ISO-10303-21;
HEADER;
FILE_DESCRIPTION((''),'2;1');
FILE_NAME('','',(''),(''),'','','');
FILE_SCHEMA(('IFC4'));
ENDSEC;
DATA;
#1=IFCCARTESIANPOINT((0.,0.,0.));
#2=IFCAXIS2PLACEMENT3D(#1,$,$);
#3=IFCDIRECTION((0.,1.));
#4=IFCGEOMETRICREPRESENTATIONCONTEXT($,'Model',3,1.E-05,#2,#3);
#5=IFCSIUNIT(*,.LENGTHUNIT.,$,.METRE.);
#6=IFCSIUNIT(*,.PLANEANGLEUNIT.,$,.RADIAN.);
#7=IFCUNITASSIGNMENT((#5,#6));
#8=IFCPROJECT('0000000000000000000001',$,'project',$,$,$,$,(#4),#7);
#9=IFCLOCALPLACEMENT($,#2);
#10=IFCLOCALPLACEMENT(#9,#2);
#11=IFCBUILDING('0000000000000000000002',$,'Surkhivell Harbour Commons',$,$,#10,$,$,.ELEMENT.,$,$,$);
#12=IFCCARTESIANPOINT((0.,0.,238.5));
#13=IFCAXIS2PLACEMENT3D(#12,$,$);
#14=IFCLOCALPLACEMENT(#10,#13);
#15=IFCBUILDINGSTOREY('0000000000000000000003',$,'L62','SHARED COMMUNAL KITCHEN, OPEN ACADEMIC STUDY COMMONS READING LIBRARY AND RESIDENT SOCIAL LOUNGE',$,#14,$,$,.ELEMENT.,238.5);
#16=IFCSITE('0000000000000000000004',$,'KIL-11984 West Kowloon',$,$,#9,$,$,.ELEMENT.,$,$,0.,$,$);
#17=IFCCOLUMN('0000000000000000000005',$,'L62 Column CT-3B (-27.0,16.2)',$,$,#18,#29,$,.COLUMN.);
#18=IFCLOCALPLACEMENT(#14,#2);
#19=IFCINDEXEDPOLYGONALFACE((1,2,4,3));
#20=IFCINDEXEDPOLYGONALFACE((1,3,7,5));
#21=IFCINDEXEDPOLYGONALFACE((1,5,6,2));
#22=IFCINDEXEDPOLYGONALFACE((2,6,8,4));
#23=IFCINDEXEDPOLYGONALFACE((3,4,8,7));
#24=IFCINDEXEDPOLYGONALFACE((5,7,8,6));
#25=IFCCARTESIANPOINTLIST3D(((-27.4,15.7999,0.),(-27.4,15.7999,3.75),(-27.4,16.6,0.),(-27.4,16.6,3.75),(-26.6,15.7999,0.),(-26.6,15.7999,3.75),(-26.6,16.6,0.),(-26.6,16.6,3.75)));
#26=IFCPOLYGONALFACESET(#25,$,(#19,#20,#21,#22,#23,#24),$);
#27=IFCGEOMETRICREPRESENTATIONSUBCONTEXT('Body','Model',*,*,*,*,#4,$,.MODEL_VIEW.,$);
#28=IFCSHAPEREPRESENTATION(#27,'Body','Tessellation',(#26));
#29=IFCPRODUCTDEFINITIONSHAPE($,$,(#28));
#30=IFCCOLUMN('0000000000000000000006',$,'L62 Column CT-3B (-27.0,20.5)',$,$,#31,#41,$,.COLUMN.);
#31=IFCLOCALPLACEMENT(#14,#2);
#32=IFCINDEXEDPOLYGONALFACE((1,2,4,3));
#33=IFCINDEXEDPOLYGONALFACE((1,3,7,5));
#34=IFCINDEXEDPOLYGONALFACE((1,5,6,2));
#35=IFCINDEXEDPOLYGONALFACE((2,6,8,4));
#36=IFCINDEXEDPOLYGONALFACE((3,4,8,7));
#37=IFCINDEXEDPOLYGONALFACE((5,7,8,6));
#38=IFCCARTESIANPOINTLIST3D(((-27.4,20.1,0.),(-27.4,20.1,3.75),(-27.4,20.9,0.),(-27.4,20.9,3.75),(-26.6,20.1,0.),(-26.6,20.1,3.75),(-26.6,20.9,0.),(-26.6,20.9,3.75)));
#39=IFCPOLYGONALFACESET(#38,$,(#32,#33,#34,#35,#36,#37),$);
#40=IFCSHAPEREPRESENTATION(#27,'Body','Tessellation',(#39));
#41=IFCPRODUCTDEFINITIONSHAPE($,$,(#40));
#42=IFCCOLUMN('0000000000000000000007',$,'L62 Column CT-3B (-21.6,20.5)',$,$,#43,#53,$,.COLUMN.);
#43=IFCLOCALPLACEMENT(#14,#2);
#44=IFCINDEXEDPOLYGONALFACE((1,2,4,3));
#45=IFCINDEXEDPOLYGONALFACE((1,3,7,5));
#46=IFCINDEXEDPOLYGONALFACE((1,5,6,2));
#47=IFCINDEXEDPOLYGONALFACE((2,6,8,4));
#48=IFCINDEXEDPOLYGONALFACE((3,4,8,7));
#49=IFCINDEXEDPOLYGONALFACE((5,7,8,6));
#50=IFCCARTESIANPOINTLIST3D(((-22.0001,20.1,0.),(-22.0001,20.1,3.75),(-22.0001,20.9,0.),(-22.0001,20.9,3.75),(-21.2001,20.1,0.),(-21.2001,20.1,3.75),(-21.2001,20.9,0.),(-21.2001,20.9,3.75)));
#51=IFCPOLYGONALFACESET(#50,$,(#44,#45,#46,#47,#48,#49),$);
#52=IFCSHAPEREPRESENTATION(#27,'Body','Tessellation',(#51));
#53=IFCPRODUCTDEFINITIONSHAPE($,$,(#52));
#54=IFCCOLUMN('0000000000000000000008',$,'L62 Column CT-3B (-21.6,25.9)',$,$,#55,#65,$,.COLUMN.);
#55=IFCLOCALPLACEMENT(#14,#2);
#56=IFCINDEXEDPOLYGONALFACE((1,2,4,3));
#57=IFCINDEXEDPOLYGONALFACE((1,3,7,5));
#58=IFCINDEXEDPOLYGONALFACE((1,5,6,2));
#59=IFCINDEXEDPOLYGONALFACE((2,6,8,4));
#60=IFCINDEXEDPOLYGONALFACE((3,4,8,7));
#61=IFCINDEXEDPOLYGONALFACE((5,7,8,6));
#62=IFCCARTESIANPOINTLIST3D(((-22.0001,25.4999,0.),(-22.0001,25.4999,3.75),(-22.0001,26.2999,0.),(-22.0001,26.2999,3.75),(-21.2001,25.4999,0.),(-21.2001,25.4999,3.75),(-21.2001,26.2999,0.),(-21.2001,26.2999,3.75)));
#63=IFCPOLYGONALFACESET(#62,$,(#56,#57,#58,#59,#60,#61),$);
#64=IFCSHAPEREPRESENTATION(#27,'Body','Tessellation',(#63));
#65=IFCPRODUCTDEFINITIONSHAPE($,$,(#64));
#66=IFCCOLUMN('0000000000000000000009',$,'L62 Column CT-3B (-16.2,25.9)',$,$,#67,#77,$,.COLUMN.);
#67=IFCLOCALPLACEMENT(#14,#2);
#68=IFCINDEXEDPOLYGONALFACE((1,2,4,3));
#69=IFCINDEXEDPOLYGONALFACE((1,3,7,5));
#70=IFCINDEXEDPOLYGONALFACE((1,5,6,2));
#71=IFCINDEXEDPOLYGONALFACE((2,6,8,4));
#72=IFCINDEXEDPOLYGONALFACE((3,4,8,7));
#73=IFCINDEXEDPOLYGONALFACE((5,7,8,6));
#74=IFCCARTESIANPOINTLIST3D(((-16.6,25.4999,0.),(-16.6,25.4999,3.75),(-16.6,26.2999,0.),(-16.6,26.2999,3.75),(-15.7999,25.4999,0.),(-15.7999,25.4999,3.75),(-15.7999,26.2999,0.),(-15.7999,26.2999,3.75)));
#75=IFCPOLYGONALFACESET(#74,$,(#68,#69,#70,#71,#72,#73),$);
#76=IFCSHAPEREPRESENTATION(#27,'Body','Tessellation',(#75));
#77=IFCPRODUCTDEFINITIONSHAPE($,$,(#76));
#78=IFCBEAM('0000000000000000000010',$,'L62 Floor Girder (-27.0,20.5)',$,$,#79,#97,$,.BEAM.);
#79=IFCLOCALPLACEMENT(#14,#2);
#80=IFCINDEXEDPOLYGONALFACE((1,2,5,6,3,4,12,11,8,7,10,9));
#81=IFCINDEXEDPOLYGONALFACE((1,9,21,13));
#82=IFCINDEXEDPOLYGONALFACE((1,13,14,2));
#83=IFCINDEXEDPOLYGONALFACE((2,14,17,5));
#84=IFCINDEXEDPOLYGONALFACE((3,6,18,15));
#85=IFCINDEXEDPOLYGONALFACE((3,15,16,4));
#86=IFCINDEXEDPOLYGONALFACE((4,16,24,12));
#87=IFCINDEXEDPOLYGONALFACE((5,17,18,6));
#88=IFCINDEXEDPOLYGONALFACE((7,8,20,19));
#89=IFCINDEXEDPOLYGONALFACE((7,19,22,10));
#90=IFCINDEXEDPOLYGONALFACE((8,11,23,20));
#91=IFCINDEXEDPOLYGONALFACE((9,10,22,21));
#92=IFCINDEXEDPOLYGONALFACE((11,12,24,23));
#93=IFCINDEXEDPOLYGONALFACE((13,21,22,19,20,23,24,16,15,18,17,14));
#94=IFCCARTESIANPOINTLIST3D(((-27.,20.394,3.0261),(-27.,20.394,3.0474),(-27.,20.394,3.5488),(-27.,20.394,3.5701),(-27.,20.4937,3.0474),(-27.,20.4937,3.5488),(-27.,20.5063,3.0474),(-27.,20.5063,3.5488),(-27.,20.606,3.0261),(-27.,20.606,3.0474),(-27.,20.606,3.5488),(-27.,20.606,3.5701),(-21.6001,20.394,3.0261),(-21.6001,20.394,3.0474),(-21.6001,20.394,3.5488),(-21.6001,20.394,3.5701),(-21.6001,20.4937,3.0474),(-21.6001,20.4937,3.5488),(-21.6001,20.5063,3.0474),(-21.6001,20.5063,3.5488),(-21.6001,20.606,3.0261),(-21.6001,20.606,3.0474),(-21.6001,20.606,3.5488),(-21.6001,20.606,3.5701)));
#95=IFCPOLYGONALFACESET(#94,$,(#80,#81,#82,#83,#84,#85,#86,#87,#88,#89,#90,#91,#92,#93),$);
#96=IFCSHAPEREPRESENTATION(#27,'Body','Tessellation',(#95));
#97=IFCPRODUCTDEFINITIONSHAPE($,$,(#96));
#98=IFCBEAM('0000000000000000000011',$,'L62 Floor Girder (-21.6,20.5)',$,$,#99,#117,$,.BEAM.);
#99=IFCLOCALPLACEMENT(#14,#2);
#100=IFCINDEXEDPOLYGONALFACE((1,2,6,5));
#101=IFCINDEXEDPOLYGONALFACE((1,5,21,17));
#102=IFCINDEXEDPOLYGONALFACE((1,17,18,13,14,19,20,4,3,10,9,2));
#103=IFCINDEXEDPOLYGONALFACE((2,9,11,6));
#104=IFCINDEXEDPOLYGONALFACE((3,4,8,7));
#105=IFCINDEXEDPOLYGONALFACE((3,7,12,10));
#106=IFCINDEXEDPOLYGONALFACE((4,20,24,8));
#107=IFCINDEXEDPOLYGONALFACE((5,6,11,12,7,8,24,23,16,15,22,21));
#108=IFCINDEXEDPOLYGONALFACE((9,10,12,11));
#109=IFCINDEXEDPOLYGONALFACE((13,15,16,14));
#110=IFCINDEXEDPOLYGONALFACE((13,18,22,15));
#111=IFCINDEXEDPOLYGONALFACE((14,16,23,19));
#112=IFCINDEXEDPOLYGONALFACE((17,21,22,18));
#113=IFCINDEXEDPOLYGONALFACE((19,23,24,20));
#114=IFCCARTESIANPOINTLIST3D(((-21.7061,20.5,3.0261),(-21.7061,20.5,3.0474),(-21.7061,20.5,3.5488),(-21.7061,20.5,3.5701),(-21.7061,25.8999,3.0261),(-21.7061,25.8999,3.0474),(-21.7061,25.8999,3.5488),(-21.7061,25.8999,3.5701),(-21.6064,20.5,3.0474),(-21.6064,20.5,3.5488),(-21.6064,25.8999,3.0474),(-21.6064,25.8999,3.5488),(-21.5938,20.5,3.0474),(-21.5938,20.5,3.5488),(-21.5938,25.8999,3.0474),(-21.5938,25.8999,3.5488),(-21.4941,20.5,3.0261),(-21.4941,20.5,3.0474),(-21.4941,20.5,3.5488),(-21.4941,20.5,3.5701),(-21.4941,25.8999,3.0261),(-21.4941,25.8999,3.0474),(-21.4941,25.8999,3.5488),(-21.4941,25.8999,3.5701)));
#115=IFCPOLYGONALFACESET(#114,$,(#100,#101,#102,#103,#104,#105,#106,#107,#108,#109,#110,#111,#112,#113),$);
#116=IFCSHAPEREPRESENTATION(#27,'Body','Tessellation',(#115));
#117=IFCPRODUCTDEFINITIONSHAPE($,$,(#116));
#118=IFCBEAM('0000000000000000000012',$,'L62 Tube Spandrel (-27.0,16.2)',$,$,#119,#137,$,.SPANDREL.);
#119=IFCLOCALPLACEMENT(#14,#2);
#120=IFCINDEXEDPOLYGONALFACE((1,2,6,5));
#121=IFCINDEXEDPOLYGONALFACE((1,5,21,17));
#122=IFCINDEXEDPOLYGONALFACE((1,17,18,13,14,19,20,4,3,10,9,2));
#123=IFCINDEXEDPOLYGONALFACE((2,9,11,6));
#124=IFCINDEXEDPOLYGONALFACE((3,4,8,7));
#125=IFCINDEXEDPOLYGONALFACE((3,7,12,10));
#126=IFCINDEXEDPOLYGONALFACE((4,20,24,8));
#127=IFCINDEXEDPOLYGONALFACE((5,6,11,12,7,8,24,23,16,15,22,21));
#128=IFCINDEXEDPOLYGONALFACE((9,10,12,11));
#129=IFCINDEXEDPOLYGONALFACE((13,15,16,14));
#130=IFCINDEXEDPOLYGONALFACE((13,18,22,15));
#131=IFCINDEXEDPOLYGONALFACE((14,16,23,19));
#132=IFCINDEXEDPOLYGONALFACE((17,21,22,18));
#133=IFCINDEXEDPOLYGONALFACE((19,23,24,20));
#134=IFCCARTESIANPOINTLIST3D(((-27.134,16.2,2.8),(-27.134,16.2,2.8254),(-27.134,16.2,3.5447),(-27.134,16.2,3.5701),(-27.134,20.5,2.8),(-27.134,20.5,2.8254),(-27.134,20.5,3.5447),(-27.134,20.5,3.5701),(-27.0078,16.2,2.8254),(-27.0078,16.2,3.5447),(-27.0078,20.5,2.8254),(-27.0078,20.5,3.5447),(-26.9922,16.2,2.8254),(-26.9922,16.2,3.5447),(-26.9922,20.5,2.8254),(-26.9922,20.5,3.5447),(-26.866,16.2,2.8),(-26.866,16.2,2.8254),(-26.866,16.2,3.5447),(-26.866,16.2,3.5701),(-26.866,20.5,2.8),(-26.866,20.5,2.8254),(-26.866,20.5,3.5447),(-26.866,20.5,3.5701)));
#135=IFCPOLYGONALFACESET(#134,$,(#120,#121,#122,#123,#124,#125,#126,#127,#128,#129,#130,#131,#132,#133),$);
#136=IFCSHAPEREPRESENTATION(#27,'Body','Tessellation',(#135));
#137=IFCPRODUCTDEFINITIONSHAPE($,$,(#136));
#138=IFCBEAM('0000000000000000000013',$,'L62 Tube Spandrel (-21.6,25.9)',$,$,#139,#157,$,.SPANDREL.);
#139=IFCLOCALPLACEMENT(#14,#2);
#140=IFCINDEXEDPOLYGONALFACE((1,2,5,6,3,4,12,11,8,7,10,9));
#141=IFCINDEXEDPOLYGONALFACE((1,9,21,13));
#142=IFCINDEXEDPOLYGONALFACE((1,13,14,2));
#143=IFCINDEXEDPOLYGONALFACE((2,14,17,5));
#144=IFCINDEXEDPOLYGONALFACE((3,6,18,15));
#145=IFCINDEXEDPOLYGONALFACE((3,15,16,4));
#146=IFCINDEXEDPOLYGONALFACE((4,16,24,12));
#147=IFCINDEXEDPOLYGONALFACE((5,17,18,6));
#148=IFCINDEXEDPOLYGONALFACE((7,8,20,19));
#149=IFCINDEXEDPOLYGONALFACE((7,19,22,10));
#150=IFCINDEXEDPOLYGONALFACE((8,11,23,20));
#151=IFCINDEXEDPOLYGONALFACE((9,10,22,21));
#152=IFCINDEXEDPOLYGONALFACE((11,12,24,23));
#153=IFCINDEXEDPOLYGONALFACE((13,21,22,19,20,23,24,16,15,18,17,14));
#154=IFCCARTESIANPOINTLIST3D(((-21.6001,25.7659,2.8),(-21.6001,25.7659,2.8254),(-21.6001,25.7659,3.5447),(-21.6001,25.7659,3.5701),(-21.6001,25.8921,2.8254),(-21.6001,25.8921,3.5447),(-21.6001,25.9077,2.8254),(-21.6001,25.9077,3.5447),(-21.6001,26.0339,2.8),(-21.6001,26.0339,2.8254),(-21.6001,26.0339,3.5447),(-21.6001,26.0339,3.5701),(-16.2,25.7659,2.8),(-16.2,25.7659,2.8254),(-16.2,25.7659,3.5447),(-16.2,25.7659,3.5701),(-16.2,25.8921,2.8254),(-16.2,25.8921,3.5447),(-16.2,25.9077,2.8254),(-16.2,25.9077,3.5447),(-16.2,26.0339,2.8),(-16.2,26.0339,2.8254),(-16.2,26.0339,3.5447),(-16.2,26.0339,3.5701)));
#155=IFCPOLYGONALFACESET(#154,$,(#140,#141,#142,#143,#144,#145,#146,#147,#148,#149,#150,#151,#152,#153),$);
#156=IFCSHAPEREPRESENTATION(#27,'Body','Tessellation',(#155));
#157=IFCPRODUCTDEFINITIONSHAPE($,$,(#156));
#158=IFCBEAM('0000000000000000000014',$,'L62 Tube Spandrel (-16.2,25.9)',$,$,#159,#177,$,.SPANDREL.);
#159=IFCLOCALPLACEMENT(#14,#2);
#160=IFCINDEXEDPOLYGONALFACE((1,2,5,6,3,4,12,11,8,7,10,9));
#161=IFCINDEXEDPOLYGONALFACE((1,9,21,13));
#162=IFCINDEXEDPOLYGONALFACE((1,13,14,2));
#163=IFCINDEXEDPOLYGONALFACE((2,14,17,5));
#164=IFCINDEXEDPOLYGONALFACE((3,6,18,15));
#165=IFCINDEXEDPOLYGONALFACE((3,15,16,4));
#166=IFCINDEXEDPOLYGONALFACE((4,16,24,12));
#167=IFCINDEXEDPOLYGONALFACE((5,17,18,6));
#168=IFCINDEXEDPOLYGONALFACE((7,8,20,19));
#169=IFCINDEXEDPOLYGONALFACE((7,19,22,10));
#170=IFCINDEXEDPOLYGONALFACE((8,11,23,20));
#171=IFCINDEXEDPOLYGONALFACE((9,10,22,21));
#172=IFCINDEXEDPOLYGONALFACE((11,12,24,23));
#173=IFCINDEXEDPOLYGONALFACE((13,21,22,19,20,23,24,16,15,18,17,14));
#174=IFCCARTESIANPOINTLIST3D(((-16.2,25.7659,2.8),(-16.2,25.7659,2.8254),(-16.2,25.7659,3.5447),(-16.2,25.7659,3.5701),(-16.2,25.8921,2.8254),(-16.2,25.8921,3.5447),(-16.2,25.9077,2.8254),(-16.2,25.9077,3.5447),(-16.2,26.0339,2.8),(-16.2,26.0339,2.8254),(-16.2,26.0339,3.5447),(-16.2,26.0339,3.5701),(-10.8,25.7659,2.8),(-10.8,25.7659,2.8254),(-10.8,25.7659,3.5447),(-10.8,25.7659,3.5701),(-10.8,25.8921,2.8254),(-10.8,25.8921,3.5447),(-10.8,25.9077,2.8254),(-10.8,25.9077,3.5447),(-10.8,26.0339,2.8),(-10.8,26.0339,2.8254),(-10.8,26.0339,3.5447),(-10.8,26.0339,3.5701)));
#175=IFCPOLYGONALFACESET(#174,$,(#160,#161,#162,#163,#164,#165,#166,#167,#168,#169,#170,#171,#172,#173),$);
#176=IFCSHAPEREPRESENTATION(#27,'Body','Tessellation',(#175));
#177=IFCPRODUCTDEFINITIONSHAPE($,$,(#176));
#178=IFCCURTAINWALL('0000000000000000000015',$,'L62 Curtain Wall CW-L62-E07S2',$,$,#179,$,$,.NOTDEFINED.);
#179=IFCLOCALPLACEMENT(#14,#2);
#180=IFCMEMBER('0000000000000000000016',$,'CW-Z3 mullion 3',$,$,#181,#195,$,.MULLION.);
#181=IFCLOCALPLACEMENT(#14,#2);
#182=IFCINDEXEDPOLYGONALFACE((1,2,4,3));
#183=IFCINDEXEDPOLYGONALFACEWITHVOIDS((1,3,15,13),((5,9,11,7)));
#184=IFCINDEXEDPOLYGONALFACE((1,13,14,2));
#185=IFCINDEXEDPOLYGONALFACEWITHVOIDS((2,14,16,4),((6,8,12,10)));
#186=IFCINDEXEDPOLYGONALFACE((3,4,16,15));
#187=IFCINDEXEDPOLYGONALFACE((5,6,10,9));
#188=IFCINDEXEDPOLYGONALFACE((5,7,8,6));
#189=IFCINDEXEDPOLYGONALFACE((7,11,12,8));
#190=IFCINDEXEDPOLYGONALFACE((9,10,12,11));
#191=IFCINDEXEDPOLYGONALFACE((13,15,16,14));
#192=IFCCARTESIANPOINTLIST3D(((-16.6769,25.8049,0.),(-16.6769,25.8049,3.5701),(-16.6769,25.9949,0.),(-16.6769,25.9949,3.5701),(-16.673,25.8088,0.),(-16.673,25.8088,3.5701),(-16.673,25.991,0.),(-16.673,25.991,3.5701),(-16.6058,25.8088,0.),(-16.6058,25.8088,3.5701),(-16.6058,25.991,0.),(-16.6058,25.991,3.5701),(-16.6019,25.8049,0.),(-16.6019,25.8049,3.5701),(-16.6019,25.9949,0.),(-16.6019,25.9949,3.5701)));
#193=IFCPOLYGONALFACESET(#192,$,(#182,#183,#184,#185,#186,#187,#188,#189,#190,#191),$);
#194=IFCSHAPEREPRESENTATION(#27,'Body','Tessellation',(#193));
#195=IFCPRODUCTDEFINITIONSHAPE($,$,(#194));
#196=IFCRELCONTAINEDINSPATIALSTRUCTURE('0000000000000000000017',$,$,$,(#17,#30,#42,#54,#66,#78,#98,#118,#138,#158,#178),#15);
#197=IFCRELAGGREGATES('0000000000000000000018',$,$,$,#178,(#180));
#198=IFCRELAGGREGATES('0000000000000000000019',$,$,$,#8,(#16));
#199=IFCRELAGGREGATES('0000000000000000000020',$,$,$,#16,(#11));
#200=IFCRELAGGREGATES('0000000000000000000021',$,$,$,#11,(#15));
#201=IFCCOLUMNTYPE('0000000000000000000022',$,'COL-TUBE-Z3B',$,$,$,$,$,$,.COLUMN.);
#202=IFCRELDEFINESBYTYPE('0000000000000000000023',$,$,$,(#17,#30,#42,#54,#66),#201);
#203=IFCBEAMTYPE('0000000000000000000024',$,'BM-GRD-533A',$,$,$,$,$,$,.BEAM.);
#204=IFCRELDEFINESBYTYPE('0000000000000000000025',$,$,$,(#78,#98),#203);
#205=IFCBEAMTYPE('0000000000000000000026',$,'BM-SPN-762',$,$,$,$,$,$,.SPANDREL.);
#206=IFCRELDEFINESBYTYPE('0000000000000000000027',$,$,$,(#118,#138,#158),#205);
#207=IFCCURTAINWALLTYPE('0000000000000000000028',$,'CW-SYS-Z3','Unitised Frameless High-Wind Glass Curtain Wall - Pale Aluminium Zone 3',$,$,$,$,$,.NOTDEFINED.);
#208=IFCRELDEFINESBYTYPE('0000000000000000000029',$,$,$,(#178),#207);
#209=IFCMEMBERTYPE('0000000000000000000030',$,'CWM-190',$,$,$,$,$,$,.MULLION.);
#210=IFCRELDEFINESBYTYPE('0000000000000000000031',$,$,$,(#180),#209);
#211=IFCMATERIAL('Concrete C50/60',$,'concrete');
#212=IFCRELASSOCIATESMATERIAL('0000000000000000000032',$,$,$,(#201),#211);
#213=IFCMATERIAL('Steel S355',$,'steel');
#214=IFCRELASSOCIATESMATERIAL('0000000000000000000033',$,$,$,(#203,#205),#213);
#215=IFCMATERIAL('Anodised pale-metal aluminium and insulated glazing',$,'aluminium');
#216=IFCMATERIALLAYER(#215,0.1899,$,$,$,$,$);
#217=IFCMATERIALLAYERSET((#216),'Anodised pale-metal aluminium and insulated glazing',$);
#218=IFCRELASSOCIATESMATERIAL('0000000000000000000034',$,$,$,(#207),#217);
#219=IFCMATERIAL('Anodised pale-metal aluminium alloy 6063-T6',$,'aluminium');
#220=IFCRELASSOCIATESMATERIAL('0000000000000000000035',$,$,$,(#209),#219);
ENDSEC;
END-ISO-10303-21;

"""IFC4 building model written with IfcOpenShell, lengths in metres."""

from ifc_helpers import new_model, si_unit, direction, frame, origin, origin_2d, place, context, subcontext, project, spatial, rectangle, hollow_rectangle, i_section, extrude, material, layer, layer_set, material_profile, profile_set, type_object, element, aggregate, save


model = new_model("IFC4")

# Units and contexts
model_context = context("Model", 3, precision=1e-05, world=origin(), true_north=direction((0.0, 1.0)))
body_context = subcontext(model_context, "Body", "Model", "MODEL_VIEW")
ifc_project = project(units=[si_unit("LENGTHUNIT", "METRE"), si_unit("PLANEANGLEUNIT", "RADIAN")], contexts=[model_context])

# Site, building, storey
site_placement = place(None, origin())
site = spatial("IfcSite", under=ifc_project, at=site_placement, Name="KIL-11984 West Kowloon", CompositionType="ELEMENT", RefElevation=0.0)
building_placement = place(site_placement, origin())
building = spatial("IfcBuilding", under=site, at=building_placement, Name="Surkhivell Harbour Commons", CompositionType="ELEMENT")
storey_placement = place(building_placement, frame((0.0, 0.0, 238.5)))
storey = spatial("IfcBuildingStorey", under=building, at=storey_placement, Name="L62", Description="SHARED COMMUNAL KITCHEN, OPEN ACADEMIC STUDY COMMONS READING LIBRARY AND RESIDENT SOCIAL LOUNGE", CompositionType="ELEMENT", Elevation=238.5)

# Columns
ifc_material_1 = material(Name="Concrete C50/60", Category="concrete")
ifc_material_profile_1 = material_profile(ifc_material_1, rectangle(XDim=0.8, YDim=0.8, at=origin_2d()), Name="RC-COL-800x800")
ifc_profile_set_1 = profile_set([ifc_material_profile_1], Name="Concrete C50/60")
column_type = type_object("IfcColumnType", Name="COL-TUBE-Z3B", PredefinedType="COLUMN", material=ifc_profile_set_1)
for number, where, z_axis, x_axis, name in (
    (1, (-27.0, 16.2, 0.0), (0.0, 0.0, 1.0), (1.0, 0.0, 0.0), "L62 Column CT-3B (-27.0,16.2)"),
    (2, (-27.0, 20.5, 0.0), (0.0, 0.0, 1.0), (1.0, 0.0, 0.0), "L62 Column CT-3B (-27.0,20.5)"),
    (3, (-21.6001, 20.5, 0.0), (0.0, 0.0, 1.0), (1.0, 0.0, 0.0), "L62 Column CT-3B (-21.6,20.5)"),
    (4, (-21.6001, 25.8999, 0.0), (0.0, 0.0, 1.0), (1.0, 0.0, 0.0), "L62 Column CT-3B (-21.6,25.9)"),
    (5, (-16.2, 25.8999, 0.0), (0.0, 0.0, 1.0), (1.0, 0.0, 0.0), "L62 Column CT-3B (-16.2,25.9)"),
):
    element("IfcColumn", number, at=place(storey_placement, frame(where, z_axis=z_axis, x_axis=x_axis)), inside=storey, type_object=column_type, Name=name, PredefinedType="COLUMN", context=body_context, shape_type="SweptSolid", body=[
        extrude(rectangle(XDim=0.8, YDim=0.8, at=origin_2d()), origin(), (0.0, 0.0, 1.0), 3.75),
    ])

# Beams
ifc_material_2 = material(Name="Steel S355", Category="steel")
ifc_material_profile_2 = material_profile(ifc_material_2, i_section(OverallWidth=0.2119, OverallDepth=0.5439, WebThickness=0.0127, FlangeThickness=0.0212, at=origin_2d()), Name="UB533x210x122")
ifc_profile_set_2 = profile_set([ifc_material_profile_2], Name="Steel S355")
beam_type_1 = type_object("IfcBeamType", Name="BM-GRD-533A", PredefinedType="BEAM", material=ifc_profile_set_2)
for number, where, z_axis, x_axis, name in (
    (6, (-27.0, 20.5, 3.2981), (1.0, 0.0, 0.0), (0.0, 1.0, 0.0), "L62 Floor Girder (-27.0,20.5)"),
    (7, (-21.6001, 20.5, 3.2981), (0.0, 1.0, 0.0), (-1.0, 0.0, 0.0), "L62 Floor Girder (-21.6,20.5)"),
):
    element("IfcBeam", number, at=place(storey_placement, frame(where, z_axis=z_axis, x_axis=x_axis)), inside=storey, type_object=beam_type_1, Name=name, PredefinedType="BEAM", context=body_context, shape_type="SweptSolid", body=[
        extrude(i_section(OverallWidth=0.2119, OverallDepth=0.5439, WebThickness=0.0127, FlangeThickness=0.0212, at=origin_2d()), origin(), (0.0, 0.0, 1.0), 5.3999),
    ])
ifc_material_profile_3 = material_profile(ifc_material_2, i_section(OverallWidth=0.2681, OverallDepth=0.77, WebThickness=0.0156, FlangeThickness=0.0254, at=origin_2d()), Name="UB762x267x197")
ifc_profile_set_3 = profile_set([ifc_material_profile_3], Name="Steel S355")
beam_type_2 = type_object("IfcBeamType", Name="BM-SPN-762", PredefinedType="SPANDREL", material=ifc_profile_set_3)
beam_1_placement = place(storey_placement, frame((-27.0, 16.2, 3.1851), z_axis=(0.0, 1.0, 0.0), x_axis=(-1.0, 0.0, 0.0)))
element("IfcBeam", 8, at=beam_1_placement, inside=storey, type_object=beam_type_2, Name="L62 Tube Spandrel (-27.0,16.2)", PredefinedType="SPANDREL", context=body_context, shape_type="SweptSolid", body=[
    extrude(i_section(OverallWidth=0.2681, OverallDepth=0.77, WebThickness=0.0156, FlangeThickness=0.0254, at=origin_2d()), origin(), (0.0, 0.0, 1.0), 4.3),
])
beam_2_placement = place(storey_placement, frame((-21.6001, 25.8999, 3.1851), z_axis=(1.0, 0.0, 0.0), x_axis=(0.0, 1.0, 0.0)))
element("IfcBeam", 9, at=beam_2_placement, inside=storey, type_object=beam_type_2, Name="L62 Tube Spandrel (-21.6,25.9)", PredefinedType="SPANDREL", context=body_context, shape_type="SweptSolid", body=[
    extrude(i_section(OverallWidth=0.2681, OverallDepth=0.77, WebThickness=0.0156, FlangeThickness=0.0254, at=origin_2d()), origin(), (0.0, 0.0, 1.0), 5.4001),
])
beam_3_placement = place(storey_placement, frame((-16.2, 25.8999, 3.1851), z_axis=(1.0, 0.0, 0.0), x_axis=(0.0, 1.0, 0.0)))
element("IfcBeam", 10, at=beam_3_placement, inside=storey, type_object=beam_type_2, Name="L62 Tube Spandrel (-16.2,25.9)", PredefinedType="SPANDREL", context=body_context, shape_type="SweptSolid", body=[
    extrude(i_section(OverallWidth=0.2681, OverallDepth=0.77, WebThickness=0.0156, FlangeThickness=0.0254, at=origin_2d()), origin(), (0.0, 0.0, 1.0), 5.3999),
])

# Curtain wall, member
ifc_material_3 = material(Name="Anodised pale-metal aluminium and insulated glazing", Category="aluminium")
ifc_layer_1 = layer(ifc_material_3, 0.1899)
ifc_layer_set_1 = layer_set([ifc_layer_1], Name="Anodised pale-metal aluminium and insulated glazing")
curtain_wall_type = type_object("IfcCurtainWallType", Name="CW-SYS-Z3", Description="Unitised Frameless High-Wind Glass Curtain Wall - Pale Aluminium Zone 3", PredefinedType="NOTDEFINED", material=ifc_layer_set_1)
curtain_wall_1_placement = place(storey_placement, origin())
curtain_wall_1 = element("IfcCurtainWall", 11, at=curtain_wall_1_placement, inside=storey, type_object=curtain_wall_type, Name="L62 Curtain Wall CW-L62-E07S2", PredefinedType="NOTDEFINED")
ifc_material_4 = material(Name="Anodised pale-metal aluminium alloy 6063-T6", Category="aluminium")
ifc_material_profile_4 = material_profile(ifc_material_4, hollow_rectangle(XDim=0.075, YDim=0.1899, WallThickness=0.0039, at=origin_2d()), Name="ALU-MULL-75x190")
ifc_profile_set_4 = profile_set([ifc_material_profile_4], Name="Anodised pale-metal aluminium alloy 6063-T6")
member_type_1 = type_object("IfcMemberType", Name="CWM-190", PredefinedType="MULLION", material=ifc_profile_set_4)
member_1_placement = place(storey_placement, frame((-16.6394, 25.8999, 0.0), z_axis=(0.0, 0.0, 1.0), x_axis=(-1.0, 0.0, 0.0)))
member_1 = element("IfcMember", 12, at=member_1_placement, type_object=member_type_1, Name="CW-Z3 mullion 3", PredefinedType="MULLION", context=body_context, shape_type="SweptSolid", body=[
    extrude(hollow_rectangle(XDim=0.075, YDim=0.1899, WallThickness=0.0039, at=origin_2d()), origin(), (0.0, 0.0, 1.0), 3.5701),
])

aggregate(curtain_wall_1, [member_1])

save(model, "model.ifc")
